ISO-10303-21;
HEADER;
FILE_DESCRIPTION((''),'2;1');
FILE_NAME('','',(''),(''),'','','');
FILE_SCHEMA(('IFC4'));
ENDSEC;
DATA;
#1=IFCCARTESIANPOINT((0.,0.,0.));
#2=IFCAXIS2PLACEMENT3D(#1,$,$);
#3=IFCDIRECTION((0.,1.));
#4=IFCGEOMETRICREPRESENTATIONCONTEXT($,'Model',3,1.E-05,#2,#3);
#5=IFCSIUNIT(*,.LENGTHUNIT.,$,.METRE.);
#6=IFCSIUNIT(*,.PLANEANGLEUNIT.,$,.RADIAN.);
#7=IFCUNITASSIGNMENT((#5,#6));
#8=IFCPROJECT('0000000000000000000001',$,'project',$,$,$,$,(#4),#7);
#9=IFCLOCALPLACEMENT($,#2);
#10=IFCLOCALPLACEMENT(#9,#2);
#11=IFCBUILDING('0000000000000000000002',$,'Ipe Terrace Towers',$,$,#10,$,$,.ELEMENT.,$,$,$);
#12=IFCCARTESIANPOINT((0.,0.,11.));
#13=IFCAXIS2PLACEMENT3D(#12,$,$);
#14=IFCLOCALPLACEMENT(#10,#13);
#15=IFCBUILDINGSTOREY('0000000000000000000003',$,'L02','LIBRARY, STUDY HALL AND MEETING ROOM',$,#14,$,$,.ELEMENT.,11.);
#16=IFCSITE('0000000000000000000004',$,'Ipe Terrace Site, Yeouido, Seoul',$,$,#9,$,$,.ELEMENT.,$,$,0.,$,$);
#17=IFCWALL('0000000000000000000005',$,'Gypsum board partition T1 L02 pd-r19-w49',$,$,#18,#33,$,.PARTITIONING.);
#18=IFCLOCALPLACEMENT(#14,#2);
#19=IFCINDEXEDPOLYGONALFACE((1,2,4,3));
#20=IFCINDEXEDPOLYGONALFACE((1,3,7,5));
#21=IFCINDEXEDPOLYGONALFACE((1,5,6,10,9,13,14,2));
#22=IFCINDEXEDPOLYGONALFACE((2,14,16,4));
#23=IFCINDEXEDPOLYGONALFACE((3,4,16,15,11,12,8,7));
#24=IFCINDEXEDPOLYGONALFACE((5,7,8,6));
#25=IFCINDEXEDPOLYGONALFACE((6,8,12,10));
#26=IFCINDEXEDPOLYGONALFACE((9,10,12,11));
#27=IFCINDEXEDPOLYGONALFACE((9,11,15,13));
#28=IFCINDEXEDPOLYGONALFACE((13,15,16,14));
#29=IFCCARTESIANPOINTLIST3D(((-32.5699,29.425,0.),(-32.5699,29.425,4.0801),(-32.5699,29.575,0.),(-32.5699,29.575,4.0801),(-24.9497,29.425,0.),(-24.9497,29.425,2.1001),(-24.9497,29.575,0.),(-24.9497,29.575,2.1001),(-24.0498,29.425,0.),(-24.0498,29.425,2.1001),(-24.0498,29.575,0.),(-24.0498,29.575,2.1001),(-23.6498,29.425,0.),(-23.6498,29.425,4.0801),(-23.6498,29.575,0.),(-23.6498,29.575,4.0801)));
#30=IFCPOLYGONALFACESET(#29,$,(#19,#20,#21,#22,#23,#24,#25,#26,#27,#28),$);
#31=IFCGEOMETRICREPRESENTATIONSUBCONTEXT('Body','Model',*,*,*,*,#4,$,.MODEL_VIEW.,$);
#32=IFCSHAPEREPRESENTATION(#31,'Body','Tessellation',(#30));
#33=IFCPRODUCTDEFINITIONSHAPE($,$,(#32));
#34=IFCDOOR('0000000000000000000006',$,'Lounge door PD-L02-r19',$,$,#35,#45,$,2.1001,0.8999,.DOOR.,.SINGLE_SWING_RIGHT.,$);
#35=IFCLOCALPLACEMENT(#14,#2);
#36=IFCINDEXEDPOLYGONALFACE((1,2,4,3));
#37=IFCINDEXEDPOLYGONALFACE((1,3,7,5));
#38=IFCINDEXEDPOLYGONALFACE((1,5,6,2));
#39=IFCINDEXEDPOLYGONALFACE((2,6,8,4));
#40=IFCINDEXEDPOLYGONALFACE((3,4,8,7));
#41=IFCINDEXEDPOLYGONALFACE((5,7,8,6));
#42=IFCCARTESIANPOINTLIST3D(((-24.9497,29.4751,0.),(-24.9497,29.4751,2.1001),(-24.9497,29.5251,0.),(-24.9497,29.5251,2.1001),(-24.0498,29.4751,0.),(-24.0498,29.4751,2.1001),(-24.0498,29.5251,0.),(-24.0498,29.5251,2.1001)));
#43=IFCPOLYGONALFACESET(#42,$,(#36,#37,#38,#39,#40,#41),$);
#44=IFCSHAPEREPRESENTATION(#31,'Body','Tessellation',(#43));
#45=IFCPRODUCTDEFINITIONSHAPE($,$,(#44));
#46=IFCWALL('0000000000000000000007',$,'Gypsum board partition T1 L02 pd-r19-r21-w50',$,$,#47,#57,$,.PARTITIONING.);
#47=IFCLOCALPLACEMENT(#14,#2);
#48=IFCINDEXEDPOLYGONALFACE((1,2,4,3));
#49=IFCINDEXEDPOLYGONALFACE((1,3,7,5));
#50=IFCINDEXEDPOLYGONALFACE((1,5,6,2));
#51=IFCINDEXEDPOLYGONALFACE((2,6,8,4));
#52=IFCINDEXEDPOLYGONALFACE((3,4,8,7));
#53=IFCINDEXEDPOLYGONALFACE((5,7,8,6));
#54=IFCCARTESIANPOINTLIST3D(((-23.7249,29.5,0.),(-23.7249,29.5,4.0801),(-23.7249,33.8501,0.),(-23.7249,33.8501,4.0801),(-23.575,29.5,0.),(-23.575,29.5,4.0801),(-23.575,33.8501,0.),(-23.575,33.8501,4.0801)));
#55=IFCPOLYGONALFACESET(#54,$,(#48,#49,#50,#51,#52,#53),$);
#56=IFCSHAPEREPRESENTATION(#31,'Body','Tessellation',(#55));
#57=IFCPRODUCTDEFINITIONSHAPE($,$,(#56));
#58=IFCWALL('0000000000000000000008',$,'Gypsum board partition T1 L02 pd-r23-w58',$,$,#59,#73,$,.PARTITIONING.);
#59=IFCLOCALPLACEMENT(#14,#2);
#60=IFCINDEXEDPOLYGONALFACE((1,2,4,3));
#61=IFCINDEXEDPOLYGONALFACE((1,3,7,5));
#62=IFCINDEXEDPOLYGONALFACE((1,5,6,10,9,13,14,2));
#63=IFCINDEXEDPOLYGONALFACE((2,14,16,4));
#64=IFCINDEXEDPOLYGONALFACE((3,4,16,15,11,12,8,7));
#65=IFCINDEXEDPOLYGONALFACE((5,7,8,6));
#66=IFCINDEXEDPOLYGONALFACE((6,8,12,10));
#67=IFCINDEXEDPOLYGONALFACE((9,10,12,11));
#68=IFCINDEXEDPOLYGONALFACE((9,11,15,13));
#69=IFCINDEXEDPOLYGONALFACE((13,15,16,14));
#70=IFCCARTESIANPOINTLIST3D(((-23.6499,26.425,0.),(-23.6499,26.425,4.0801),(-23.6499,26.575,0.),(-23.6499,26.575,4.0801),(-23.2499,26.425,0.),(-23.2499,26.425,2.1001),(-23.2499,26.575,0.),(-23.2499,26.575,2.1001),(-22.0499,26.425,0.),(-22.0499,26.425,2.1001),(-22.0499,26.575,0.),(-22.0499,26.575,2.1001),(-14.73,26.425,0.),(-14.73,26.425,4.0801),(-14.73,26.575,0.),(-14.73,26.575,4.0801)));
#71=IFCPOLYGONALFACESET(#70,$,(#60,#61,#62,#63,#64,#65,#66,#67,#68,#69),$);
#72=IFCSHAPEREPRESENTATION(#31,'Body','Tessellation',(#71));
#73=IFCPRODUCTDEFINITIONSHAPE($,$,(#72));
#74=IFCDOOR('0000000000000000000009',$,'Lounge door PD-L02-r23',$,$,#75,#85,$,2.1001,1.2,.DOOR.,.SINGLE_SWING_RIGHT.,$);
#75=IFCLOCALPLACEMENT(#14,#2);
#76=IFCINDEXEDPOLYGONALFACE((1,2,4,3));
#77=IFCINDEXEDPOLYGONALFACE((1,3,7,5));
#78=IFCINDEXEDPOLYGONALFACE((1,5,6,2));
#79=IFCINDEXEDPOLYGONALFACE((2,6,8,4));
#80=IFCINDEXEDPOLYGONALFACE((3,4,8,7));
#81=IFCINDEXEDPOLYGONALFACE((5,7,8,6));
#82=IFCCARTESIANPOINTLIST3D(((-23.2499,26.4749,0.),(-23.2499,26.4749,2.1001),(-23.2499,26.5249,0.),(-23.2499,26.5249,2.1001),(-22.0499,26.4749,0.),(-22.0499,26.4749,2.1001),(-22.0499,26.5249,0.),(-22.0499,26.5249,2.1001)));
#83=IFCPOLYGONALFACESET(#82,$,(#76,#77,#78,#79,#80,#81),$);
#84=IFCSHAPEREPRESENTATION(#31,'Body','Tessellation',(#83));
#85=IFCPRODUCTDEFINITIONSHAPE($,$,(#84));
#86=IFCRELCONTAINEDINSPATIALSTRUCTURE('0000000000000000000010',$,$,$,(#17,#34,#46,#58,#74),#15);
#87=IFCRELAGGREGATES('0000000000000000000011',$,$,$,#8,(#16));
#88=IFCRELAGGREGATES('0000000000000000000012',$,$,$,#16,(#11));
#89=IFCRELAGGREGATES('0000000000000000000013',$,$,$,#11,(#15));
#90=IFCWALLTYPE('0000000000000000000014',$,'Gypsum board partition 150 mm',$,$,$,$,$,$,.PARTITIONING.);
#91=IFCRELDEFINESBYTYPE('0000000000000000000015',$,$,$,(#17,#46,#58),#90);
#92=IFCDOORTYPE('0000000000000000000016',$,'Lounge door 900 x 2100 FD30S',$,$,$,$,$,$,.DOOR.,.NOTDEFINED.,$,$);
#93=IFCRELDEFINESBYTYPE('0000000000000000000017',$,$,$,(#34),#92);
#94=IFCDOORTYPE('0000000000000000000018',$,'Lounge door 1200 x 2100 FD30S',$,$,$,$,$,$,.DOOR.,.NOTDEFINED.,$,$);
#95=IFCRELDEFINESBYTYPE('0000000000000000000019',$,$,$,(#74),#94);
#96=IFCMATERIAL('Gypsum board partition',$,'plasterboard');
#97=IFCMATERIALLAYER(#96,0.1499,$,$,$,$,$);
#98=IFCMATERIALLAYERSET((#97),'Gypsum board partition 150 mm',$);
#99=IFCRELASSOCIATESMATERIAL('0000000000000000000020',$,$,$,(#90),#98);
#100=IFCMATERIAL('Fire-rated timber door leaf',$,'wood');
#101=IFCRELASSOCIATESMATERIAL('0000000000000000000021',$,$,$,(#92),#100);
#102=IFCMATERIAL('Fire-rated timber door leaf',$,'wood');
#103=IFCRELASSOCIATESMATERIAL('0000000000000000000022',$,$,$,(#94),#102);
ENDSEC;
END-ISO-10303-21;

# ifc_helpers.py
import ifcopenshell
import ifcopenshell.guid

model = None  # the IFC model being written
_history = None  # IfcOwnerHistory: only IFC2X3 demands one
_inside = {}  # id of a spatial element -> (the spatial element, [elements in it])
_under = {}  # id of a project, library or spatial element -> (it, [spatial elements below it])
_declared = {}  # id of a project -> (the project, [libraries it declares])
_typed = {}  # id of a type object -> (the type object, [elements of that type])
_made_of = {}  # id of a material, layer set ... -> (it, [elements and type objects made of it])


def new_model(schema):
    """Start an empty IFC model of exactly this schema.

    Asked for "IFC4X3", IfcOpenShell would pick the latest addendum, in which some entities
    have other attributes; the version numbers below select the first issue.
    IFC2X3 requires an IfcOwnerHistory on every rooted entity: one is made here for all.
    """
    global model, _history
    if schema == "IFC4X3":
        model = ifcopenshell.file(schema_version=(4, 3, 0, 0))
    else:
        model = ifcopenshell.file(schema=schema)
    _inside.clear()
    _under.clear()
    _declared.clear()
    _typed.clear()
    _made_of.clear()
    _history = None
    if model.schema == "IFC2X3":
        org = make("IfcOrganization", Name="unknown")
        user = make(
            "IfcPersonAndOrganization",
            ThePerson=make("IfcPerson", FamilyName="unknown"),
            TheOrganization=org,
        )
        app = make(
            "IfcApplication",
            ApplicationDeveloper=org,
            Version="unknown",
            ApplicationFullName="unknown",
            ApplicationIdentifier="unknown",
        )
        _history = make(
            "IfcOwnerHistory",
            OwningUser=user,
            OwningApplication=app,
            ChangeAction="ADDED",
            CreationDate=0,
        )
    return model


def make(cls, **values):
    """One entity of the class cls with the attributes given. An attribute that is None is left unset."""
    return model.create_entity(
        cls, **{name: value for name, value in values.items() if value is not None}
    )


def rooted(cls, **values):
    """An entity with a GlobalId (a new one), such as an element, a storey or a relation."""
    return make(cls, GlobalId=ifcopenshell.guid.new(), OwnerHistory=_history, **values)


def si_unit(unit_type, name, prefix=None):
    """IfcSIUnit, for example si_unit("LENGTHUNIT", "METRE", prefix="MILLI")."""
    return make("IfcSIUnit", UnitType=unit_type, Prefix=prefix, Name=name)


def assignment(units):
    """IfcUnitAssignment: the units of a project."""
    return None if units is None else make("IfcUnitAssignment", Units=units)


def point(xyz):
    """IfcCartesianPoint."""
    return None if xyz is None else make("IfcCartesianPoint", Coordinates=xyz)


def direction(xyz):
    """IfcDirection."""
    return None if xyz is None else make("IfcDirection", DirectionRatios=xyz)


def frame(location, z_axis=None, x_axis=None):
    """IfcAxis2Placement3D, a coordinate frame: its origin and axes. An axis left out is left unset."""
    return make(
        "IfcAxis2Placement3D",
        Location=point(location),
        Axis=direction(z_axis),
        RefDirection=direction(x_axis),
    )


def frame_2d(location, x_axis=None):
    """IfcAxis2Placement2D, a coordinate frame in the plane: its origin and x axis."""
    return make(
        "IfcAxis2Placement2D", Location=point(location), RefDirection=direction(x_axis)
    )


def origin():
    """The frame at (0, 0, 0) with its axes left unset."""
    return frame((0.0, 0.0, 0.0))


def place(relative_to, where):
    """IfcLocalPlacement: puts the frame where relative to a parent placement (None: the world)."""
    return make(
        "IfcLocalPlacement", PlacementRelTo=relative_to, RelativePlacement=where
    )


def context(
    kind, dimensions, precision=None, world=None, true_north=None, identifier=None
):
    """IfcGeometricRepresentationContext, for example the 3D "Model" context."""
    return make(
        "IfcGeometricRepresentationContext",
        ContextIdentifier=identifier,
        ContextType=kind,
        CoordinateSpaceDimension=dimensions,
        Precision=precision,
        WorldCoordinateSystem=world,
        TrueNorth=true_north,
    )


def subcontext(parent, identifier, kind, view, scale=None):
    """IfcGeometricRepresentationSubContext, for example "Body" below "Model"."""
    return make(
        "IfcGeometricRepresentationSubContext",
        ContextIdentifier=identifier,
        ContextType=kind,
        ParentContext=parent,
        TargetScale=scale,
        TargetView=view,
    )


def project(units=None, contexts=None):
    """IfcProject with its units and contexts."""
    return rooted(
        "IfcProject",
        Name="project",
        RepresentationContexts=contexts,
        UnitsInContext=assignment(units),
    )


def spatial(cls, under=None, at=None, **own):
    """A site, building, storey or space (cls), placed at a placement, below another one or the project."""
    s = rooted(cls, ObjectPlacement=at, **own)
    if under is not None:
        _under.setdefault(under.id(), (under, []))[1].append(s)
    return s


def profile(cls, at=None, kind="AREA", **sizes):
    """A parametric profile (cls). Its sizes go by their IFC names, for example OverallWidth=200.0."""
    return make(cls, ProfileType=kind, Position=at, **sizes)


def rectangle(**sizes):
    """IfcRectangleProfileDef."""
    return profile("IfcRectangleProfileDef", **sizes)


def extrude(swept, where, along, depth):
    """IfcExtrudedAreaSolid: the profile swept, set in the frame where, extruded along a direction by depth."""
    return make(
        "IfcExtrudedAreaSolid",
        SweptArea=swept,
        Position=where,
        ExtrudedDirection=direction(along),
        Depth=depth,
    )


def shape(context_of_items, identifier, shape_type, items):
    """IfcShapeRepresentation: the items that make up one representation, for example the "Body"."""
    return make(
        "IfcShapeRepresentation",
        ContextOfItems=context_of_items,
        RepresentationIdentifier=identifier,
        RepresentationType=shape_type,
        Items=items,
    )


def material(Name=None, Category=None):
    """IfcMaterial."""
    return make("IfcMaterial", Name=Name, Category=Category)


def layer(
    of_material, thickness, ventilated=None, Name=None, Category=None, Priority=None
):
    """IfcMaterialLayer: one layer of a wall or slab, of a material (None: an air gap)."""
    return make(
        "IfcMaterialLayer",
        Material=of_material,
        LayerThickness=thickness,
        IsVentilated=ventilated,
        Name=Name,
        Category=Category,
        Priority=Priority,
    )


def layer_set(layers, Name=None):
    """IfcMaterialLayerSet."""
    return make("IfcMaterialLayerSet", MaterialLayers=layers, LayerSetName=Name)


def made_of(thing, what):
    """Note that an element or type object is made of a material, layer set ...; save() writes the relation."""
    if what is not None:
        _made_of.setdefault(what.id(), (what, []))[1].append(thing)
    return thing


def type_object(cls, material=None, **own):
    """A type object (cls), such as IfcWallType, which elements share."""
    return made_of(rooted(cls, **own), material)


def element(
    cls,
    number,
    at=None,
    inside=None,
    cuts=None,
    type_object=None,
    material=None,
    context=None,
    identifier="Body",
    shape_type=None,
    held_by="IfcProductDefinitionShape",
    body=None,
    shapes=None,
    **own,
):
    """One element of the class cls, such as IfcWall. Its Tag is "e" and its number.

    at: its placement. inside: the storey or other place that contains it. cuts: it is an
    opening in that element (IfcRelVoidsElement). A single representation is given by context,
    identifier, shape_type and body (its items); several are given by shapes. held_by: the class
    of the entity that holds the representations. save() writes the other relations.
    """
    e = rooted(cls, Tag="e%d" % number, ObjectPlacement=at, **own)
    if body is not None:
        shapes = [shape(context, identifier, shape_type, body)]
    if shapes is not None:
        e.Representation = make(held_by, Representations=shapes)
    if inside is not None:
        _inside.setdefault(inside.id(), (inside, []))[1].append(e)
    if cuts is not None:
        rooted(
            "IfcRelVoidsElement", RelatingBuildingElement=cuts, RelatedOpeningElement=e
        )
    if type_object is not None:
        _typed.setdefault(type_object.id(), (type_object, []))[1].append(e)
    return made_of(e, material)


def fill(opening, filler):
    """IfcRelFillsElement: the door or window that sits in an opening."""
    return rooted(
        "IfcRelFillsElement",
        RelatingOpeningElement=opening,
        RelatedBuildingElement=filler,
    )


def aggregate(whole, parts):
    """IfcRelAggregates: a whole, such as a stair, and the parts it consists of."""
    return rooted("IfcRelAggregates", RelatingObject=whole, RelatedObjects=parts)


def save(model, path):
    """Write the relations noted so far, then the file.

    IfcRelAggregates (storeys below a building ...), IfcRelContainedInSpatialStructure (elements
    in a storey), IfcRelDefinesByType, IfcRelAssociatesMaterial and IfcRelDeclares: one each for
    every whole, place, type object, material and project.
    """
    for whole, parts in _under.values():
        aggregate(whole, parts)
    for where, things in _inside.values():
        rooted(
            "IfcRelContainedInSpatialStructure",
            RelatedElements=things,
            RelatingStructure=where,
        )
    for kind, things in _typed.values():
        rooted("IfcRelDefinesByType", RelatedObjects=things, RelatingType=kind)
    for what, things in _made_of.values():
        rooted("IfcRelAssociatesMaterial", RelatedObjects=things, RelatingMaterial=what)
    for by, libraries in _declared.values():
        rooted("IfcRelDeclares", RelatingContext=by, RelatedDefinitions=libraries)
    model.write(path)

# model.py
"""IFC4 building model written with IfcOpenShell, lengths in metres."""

from ifc_helpers import new_model, si_unit, direction, frame, frame_2d, origin, place, context, subcontext, project, spatial, rectangle, extrude, material, layer, layer_set, type_object, element, fill, save


model = new_model("IFC4")

# Units and contexts
model_context = context("Model", 3, precision=1e-05, world=origin(), true_north=direction((0.0, 1.0)))
body_context = subcontext(model_context, "Body", "Model", "MODEL_VIEW")
ifc_project = project(units=[si_unit("LENGTHUNIT", "METRE"), si_unit("PLANEANGLEUNIT", "RADIAN")], contexts=[model_context])

# Site, building, storey
site_placement = place(None, origin())
site = spatial("IfcSite", under=ifc_project, at=site_placement, Name="Ipe Terrace Site, Yeouido, Seoul", CompositionType="ELEMENT", RefElevation=0.0)
building_placement = place(site_placement, origin())
building = spatial("IfcBuilding", under=site, at=building_placement, Name="Ipe Terrace Towers", CompositionType="ELEMENT")
storey_placement = place(building_placement, frame((0.0, 0.0, 11.0)))
storey = spatial("IfcBuildingStorey", under=building, at=storey_placement, Name="L02", Description="LIBRARY, STUDY HALL AND MEETING ROOM", CompositionType="ELEMENT", Elevation=11.0)

# Shared definitions
ifc_material_1 = material(Name="Gypsum board partition", Category="plasterboard")
ifc_layer_1 = layer(ifc_material_1, 0.1499)
ifc_layer_set_1 = layer_set([ifc_layer_1], Name="Gypsum board partition 150 mm")
wall_type = type_object("IfcWallType", Name="Gypsum board partition 150 mm", PredefinedType="PARTITIONING", material=ifc_layer_set_1)
ifc_material_2 = material(Name="Fire-rated timber door leaf", Category="wood")
door_type_1 = type_object("IfcDoorType", Name="Lounge door 900 x 2100 FD30S", OperationType="NOTDEFINED", PredefinedType="DOOR", material=ifc_material_2)

# Shared definitions
ifc_material_3 = material(Name="Fire-rated timber door leaf", Category="wood")
door_type_2 = type_object("IfcDoorType", Name="Lounge door 1200 x 2100 FD30S", OperationType="NOTDEFINED", PredefinedType="DOOR", material=ifc_material_3)

# Wall, opening, door
wall_1_placement = place(storey_placement, frame((-23.6499, 29.5, 0.0), z_axis=(0.0, 0.0, 1.0), x_axis=(-1.0, 0.0, 0.0)))
wall_1 = element("IfcWall", 1, at=wall_1_placement, inside=storey, type_object=wall_type, Name="Gypsum board partition T1 L02 pd-r19-w49", PredefinedType="PARTITIONING", context=body_context, shape_type="SweptSolid", body=[
    extrude(rectangle(XDim=8.9202, YDim=0.1499, at=frame_2d((4.46, 0.0))), origin(), (0.0, 0.0, 1.0), 4.0801),
])
opening_1_placement = place(wall_1_placement, frame((0.3999, 0.0, 0.0)))
opening_1 = element("IfcOpeningElement", 2, at=opening_1_placement, cuts=wall_1, PredefinedType="OPENING", context=body_context, shape_type="SweptSolid", body=[
    extrude(rectangle(XDim=0.8999, YDim=2.1001, at=frame_2d((0.45, 1.05))), frame((0.0, 0.085, 0.0), z_axis=(0.0, -1.0, 0.0), x_axis=(1.0, 0.0, 0.0)), (0.0, 0.0, 1.0), 0.1699),
])
door_1_placement = place(opening_1_placement, origin())
door_1 = element("IfcDoor", 3, at=door_1_placement, inside=storey, type_object=door_type_1, Name="Lounge door PD-L02-r19", OperationType="SINGLE_SWING_RIGHT", OverallHeight=2.1001, OverallWidth=0.8999, PredefinedType="DOOR", context=body_context, shape_type="SweptSolid", body=[
    extrude(rectangle(XDim=0.8999, YDim=2.1001, at=frame_2d((0.45, 1.05))), frame((0.0, 0.0249, 0.0), z_axis=(0.0, -1.0, 0.0), x_axis=(1.0, 0.0, 0.0)), (0.0, 0.0, 1.0), 0.05),
])
fill(opening_1, door_1)

# Wall
wall_2_placement = place(storey_placement, frame((-23.6499, 33.8501, 0.0), z_axis=(0.0, 0.0, 1.0), x_axis=(0.0, -1.0, 0.0)))
element("IfcWall", 4, at=wall_2_placement, inside=storey, type_object=wall_type, Name="Gypsum board partition T1 L02 pd-r19-r21-w50", PredefinedType="PARTITIONING", context=body_context, shape_type="SweptSolid", body=[
    extrude(rectangle(XDim=4.3501, YDim=0.1499, at=frame_2d((2.175, 0.0))), origin(), (0.0, 0.0, 1.0), 4.0801),
])

# Wall, opening, door
wall_3_placement = place(storey_placement, frame((-23.6499, 26.5, 0.0), z_axis=(0.0, 0.0, 1.0), x_axis=(1.0, 0.0, 0.0)))
wall_3 = element("IfcWall", 5, at=wall_3_placement, inside=storey, type_object=wall_type, Name="Gypsum board partition T1 L02 pd-r23-w58", PredefinedType="PARTITIONING", context=body_context, shape_type="SweptSolid", body=[
    extrude(rectangle(XDim=8.9199, YDim=0.1499, at=frame_2d((4.46, 0.0))), origin(), (0.0, 0.0, 1.0), 4.0801),
])
opening_2_placement = place(wall_3_placement, frame((0.3999, 0.0, 0.0)))
opening_2 = element("IfcOpeningElement", 6, at=opening_2_placement, cuts=wall_3, PredefinedType="OPENING", context=body_context, shape_type="SweptSolid", body=[
    extrude(rectangle(XDim=1.2, YDim=2.1001, at=frame_2d((0.6001, 1.05))), frame((0.0, 0.085, 0.0), z_axis=(0.0, -1.0, 0.0), x_axis=(1.0, 0.0, 0.0)), (0.0, 0.0, 1.0), 0.1699),
])
door_2_placement = place(opening_2_placement, origin())
door_2 = element("IfcDoor", 7, at=door_2_placement, inside=storey, type_object=door_type_2, Name="Lounge door PD-L02-r23", OperationType="SINGLE_SWING_RIGHT", OverallHeight=2.1001, OverallWidth=1.2, PredefinedType="DOOR", context=body_context, shape_type="SweptSolid", body=[
    extrude(rectangle(XDim=1.2, YDim=2.1001, at=frame_2d((0.6001, 1.05))), frame((0.0, 0.0249, 0.0), z_axis=(0.0, -1.0, 0.0), x_axis=(1.0, 0.0, 0.0)), (0.0, 0.0, 1.0), 0.05),
])
fill(opening_2, door_2)

save(model, "model.ifc")
